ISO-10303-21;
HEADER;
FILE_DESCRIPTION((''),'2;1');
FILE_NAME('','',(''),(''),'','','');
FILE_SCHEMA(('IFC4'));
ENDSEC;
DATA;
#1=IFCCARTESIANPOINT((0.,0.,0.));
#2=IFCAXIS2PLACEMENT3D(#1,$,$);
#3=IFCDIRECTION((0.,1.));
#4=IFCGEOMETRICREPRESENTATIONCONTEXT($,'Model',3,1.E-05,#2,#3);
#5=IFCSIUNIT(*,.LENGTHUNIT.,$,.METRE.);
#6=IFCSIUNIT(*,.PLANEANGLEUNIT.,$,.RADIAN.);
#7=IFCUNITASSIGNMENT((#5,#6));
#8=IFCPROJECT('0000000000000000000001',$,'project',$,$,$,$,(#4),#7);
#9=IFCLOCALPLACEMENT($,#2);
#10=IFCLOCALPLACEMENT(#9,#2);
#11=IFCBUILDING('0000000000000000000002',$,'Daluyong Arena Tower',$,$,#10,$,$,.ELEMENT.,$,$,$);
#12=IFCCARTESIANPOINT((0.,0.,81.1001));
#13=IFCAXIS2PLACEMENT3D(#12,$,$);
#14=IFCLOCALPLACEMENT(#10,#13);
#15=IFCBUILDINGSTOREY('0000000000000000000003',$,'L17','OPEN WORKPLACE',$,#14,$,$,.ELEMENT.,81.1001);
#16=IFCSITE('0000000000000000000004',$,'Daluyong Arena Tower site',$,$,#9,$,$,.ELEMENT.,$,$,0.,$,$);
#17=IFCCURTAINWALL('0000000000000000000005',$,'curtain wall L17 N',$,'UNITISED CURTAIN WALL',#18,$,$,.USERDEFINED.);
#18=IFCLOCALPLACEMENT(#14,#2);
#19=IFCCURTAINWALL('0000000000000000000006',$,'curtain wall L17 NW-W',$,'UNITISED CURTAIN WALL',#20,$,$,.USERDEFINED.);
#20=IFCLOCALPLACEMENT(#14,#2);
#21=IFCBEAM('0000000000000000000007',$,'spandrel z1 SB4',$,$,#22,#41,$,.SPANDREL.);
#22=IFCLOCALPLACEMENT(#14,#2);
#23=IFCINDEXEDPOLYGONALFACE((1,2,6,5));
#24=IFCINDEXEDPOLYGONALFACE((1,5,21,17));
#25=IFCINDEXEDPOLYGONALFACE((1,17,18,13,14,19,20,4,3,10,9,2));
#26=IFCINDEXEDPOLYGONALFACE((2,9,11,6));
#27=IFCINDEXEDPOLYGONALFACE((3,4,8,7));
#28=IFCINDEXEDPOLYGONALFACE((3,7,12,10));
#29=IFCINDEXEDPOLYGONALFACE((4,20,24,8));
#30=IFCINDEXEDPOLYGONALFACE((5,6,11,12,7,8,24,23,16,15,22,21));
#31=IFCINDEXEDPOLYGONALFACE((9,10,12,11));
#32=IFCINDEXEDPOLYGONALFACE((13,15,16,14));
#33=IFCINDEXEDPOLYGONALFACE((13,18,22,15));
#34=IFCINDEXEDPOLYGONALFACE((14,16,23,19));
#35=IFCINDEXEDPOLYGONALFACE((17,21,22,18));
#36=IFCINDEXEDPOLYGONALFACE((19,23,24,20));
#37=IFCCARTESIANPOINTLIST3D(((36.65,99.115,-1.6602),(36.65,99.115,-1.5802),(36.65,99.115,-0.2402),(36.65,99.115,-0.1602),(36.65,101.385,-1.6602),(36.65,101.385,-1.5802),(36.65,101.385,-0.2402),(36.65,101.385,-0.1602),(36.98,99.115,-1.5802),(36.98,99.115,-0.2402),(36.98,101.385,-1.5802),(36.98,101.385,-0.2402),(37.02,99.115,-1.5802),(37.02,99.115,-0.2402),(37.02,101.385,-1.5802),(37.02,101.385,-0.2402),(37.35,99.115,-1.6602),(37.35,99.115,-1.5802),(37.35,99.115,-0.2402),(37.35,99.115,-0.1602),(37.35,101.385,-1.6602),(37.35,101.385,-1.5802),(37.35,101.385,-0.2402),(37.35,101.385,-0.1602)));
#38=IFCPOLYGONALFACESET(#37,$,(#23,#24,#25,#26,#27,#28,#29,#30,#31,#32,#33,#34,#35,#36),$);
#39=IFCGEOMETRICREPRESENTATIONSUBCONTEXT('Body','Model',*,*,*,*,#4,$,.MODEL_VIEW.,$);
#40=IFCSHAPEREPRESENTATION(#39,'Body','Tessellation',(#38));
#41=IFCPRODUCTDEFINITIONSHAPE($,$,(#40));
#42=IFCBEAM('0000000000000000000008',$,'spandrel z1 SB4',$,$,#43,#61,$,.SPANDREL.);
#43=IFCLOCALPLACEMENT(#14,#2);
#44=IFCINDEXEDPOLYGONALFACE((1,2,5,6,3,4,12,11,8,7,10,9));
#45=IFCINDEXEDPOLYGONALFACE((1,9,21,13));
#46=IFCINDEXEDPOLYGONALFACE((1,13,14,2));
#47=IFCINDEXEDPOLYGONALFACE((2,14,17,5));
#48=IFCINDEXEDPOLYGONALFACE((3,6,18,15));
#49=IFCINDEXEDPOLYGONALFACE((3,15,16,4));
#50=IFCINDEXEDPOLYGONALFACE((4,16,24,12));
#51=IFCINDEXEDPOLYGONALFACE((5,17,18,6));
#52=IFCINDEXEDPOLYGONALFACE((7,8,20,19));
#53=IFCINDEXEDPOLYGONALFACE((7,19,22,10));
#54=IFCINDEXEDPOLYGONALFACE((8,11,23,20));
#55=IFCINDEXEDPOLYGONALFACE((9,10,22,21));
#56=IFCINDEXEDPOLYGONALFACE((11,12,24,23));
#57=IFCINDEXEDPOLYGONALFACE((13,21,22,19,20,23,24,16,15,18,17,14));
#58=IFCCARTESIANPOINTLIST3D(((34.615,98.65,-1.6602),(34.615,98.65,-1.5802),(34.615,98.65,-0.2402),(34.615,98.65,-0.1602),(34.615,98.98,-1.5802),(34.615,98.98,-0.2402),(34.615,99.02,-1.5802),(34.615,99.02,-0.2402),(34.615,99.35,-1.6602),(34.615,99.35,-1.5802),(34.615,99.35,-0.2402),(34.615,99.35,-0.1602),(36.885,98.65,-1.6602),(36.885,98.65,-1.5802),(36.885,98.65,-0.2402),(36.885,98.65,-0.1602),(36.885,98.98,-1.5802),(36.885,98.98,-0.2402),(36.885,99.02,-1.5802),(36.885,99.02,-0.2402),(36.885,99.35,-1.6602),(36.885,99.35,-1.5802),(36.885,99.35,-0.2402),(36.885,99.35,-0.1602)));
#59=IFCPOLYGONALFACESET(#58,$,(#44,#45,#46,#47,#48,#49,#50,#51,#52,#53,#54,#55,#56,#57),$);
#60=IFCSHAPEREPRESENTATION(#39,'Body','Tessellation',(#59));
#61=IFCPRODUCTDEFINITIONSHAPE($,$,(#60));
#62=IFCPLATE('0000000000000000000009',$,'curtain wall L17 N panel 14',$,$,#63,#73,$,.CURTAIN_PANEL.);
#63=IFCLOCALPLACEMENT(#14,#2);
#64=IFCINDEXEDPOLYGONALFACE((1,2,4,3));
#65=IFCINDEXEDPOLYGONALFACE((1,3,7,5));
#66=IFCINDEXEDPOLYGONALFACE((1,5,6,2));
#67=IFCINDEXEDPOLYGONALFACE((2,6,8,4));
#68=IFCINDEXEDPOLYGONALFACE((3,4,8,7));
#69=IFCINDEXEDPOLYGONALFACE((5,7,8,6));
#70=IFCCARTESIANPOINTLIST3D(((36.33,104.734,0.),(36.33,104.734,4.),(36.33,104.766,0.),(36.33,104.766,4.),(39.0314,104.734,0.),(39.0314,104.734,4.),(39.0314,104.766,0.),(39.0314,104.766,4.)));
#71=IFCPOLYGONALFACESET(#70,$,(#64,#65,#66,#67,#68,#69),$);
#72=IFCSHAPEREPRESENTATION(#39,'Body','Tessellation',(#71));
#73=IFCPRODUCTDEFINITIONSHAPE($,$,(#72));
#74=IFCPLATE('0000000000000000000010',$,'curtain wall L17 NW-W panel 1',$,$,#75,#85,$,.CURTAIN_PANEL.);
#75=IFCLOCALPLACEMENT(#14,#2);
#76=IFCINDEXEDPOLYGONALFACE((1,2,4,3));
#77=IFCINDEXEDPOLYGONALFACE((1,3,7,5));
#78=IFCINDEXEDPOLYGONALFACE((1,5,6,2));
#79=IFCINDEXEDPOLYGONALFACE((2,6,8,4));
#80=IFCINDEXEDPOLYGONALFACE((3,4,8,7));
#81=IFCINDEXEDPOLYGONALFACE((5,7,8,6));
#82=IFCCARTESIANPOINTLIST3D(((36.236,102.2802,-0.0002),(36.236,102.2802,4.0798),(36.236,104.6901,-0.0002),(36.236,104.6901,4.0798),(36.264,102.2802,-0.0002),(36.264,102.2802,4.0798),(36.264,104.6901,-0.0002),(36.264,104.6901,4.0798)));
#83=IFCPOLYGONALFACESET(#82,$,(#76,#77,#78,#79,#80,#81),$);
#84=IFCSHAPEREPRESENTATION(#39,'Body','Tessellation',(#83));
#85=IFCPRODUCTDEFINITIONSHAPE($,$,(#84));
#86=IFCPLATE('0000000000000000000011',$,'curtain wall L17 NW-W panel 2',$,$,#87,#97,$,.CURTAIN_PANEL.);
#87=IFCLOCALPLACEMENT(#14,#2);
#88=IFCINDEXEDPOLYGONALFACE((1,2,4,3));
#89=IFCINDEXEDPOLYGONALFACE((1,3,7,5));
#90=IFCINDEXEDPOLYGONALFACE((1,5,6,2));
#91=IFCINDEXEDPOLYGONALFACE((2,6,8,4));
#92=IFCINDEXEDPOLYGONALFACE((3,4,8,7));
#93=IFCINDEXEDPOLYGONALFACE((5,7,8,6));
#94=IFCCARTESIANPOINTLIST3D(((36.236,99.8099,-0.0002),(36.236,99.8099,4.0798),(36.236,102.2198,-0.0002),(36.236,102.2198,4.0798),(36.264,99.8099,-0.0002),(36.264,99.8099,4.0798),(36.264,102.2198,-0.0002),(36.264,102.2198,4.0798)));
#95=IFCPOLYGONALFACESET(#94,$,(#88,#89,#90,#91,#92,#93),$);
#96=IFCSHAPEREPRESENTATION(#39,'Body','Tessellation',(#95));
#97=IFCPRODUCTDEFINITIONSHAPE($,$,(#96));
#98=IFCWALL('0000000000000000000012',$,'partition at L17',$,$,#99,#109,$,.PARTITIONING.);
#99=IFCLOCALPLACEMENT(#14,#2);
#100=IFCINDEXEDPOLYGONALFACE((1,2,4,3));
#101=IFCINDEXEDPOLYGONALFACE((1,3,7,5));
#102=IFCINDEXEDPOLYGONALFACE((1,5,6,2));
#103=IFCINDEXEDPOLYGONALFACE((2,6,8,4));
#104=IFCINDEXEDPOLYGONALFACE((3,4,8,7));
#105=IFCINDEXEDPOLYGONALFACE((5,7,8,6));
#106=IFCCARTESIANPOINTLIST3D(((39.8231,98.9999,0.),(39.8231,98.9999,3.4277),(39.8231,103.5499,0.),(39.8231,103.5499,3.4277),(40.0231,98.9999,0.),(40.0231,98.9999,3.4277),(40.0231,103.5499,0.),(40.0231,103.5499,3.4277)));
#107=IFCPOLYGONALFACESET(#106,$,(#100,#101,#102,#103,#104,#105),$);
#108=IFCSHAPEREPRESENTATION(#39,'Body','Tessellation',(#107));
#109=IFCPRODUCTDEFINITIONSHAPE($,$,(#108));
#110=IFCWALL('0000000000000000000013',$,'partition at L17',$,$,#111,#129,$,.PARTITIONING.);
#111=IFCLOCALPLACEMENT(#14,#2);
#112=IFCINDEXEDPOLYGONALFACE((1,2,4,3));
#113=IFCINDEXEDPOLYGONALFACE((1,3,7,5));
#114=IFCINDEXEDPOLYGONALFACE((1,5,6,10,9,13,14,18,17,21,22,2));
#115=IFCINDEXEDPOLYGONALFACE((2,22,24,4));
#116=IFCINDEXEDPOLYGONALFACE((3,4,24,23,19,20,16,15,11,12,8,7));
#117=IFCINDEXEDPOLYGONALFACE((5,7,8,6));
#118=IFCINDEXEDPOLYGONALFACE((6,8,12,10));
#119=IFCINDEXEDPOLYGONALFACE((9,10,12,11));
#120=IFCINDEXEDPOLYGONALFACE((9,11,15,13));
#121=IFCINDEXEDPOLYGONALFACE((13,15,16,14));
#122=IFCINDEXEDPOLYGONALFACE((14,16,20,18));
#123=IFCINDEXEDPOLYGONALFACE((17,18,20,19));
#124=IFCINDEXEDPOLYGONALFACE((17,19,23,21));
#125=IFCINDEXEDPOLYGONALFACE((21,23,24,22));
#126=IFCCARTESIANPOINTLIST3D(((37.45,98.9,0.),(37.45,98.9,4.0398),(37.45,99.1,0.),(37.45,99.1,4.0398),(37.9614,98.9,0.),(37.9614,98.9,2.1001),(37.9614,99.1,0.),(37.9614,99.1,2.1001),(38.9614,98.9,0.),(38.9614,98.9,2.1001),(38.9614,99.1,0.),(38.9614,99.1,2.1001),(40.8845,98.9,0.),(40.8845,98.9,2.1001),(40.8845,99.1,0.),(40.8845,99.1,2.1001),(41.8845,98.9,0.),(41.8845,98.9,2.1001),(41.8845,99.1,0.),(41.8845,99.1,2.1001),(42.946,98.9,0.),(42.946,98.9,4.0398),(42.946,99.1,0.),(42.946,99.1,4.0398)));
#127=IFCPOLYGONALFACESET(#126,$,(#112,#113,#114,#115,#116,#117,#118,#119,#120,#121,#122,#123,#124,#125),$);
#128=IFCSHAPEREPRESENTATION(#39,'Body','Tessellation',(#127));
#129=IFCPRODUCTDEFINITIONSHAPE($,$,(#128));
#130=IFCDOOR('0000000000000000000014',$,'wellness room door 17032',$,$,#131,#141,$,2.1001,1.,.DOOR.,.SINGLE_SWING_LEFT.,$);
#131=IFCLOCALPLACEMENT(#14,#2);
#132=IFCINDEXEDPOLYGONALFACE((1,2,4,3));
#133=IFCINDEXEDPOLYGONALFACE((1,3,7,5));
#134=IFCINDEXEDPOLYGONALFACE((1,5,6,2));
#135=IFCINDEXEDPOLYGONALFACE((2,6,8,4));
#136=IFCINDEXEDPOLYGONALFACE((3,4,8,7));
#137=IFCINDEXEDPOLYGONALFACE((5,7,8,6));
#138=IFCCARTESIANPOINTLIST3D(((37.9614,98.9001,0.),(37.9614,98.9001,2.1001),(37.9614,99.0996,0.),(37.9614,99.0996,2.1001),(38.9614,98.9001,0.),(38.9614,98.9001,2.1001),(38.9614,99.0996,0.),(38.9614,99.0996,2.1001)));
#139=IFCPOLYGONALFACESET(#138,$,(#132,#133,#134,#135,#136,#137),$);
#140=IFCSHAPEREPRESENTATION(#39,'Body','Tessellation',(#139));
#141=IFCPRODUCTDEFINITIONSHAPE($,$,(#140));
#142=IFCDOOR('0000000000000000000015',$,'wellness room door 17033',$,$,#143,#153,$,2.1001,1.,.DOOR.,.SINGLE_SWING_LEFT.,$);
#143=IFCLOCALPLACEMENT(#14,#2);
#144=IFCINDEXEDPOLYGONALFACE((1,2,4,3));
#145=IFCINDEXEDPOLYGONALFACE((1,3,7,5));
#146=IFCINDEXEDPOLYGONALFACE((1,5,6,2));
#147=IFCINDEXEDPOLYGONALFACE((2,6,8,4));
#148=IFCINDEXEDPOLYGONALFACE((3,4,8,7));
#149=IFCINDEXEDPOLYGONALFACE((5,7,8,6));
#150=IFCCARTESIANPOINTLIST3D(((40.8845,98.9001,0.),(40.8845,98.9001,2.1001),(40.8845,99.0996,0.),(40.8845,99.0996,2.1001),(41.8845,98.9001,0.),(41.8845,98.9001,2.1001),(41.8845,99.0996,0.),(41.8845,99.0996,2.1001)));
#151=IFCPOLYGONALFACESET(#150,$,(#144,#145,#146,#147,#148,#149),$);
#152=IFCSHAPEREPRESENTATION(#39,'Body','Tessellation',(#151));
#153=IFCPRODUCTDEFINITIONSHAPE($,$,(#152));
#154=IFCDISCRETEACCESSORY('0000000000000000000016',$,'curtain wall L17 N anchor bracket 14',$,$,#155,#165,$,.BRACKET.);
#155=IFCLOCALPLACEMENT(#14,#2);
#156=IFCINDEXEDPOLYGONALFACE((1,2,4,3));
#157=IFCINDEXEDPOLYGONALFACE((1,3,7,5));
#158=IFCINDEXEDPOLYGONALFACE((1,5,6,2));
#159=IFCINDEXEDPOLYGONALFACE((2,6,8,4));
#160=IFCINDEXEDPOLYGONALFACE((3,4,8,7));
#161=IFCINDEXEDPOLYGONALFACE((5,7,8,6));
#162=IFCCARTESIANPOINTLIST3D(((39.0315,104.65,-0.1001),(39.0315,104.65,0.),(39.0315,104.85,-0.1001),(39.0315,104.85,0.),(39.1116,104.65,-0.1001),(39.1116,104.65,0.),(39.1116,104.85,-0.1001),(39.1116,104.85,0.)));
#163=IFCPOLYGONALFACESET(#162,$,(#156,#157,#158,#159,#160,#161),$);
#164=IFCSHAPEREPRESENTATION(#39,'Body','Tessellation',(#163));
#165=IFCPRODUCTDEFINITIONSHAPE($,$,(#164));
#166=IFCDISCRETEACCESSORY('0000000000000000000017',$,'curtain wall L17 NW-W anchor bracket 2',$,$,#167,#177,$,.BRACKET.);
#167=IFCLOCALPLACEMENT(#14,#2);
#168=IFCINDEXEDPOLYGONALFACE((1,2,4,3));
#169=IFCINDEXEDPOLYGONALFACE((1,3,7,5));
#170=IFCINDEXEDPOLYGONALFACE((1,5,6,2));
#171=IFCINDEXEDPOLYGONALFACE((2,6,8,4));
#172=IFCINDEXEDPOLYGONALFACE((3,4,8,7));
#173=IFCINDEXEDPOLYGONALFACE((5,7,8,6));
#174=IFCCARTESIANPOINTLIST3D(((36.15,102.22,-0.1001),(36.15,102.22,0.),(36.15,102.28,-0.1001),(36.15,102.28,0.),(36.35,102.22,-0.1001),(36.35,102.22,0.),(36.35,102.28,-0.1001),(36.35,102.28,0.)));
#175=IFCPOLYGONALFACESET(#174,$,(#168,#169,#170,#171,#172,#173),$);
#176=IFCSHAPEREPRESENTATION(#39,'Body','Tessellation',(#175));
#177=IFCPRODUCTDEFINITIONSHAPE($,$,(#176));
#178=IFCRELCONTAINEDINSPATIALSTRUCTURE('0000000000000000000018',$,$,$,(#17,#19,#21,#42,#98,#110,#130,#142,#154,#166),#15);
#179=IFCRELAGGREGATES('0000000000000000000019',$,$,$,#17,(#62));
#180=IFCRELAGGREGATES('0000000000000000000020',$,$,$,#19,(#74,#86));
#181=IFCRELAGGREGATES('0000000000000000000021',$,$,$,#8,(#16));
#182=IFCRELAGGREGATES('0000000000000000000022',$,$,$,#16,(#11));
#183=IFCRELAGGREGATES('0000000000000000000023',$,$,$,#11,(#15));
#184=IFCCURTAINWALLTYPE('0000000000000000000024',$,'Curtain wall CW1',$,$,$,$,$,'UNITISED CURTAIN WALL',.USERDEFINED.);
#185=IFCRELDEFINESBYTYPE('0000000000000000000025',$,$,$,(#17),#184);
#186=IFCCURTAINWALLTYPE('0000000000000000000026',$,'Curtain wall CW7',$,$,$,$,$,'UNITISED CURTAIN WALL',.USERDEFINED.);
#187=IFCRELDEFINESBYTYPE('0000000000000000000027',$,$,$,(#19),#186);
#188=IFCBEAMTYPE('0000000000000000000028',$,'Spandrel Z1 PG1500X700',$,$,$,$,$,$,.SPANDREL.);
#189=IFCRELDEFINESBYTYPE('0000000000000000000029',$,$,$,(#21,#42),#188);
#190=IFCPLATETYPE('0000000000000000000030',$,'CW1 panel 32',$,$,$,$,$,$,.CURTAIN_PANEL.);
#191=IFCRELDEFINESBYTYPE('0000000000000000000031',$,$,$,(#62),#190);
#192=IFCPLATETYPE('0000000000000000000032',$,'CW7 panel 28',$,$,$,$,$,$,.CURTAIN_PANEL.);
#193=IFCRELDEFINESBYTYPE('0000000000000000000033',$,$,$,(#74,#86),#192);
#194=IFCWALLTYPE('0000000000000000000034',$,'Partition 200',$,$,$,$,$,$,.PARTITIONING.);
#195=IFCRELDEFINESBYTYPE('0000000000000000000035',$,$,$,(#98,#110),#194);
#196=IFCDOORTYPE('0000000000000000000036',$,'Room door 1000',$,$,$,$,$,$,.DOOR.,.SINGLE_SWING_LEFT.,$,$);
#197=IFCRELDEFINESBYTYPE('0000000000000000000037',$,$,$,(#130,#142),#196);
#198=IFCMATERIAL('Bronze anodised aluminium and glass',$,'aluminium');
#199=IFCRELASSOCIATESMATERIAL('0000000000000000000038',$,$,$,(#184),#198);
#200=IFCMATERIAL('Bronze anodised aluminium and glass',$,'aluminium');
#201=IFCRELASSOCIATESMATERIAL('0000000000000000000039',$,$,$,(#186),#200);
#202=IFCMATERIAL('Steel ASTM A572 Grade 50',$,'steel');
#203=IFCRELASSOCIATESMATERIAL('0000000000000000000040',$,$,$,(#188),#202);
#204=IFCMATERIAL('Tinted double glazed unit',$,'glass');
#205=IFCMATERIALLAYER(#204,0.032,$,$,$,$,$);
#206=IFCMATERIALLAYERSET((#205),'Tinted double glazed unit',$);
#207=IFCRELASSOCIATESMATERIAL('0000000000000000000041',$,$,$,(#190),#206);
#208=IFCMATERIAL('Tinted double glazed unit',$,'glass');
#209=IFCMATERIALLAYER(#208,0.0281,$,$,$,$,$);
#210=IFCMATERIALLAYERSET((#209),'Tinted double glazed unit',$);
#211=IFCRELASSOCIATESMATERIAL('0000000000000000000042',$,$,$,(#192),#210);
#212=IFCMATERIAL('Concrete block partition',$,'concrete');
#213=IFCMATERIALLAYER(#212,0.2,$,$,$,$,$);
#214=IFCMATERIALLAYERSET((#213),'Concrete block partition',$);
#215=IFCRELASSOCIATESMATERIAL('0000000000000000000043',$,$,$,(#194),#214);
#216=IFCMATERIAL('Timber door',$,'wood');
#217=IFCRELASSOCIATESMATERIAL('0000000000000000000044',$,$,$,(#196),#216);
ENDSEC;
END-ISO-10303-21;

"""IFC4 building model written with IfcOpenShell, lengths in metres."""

from ifc_helpers import new_model, si_unit, direction, frame, frame_2d, origin, origin_2d, place, context, subcontext, project, spatial, rectangle, i_section, extrude, material, layer, layer_set, material_profile, profile_set, type_object, element, fill, aggregate, save


model = new_model("IFC4")

# Units and contexts
model_context = context("Model", 3, precision=1e-05, world=origin(), true_north=direction((0.0, 1.0)))
body_context = subcontext(model_context, "Body", "Model", "MODEL_VIEW")
ifc_project = project(units=[si_unit("LENGTHUNIT", "METRE"), si_unit("PLANEANGLEUNIT", "RADIAN")], contexts=[model_context])

# Site, building, storey
site_placement = place(None, origin())
site = spatial("IfcSite", under=ifc_project, at=site_placement, Name="Daluyong Arena Tower site", CompositionType="ELEMENT", RefElevation=0.0)
building_placement = place(site_placement, origin())
building = spatial("IfcBuilding", under=site, at=building_placement, Name="Daluyong Arena Tower", CompositionType="ELEMENT")
storey_placement = place(building_placement, frame((0.0, 0.0, 81.1001)))
storey = spatial("IfcBuildingStorey", under=building, at=storey_placement, Name="L17", Description="OPEN WORKPLACE", CompositionType="ELEMENT", Elevation=81.1001)

# Curtain walls
ifc_material_1 = material(Name="Bronze anodised aluminium and glass", Category="aluminium")
curtain_wall_type_1 = type_object("IfcCurtainWallType", Name="Curtain wall CW1", ElementType="UNITISED CURTAIN WALL", PredefinedType="USERDEFINED", material=ifc_material_1)
curtain_wall_1_placement = place(storey_placement, origin())
curtain_wall_1 = element("IfcCurtainWall", 1, at=curtain_wall_1_placement, inside=storey, type_object=curtain_wall_type_1, Name="curtain wall L17 N", ObjectType="UNITISED CURTAIN WALL", PredefinedType="USERDEFINED")
ifc_material_2 = material(Name="Bronze anodised aluminium and glass", Category="aluminium")
curtain_wall_type_2 = type_object("IfcCurtainWallType", Name="Curtain wall CW7", ElementType="UNITISED CURTAIN WALL", PredefinedType="USERDEFINED", material=ifc_material_2)
curtain_wall_2_placement = place(storey_placement, origin())
curtain_wall_2 = element("IfcCurtainWall", 2, at=curtain_wall_2_placement, inside=storey, type_object=curtain_wall_type_2, Name="curtain wall L17 NW-W", ObjectType="UNITISED CURTAIN WALL", PredefinedType="USERDEFINED")

# Beams
ifc_material_3 = material(Name="Steel ASTM A572 Grade 50", Category="steel")
ifc_material_profile_1 = material_profile(ifc_material_3, i_section(OverallWidth=0.7, OverallDepth=1.5, WebThickness=0.04, FlangeThickness=0.08, at=origin_2d()))
ifc_profile_set_1 = profile_set([ifc_material_profile_1], Name="Steel ASTM A572 Grade 50")
beam_type_1 = type_object("IfcBeamType", Name="Spandrel Z1 PG1500X700", PredefinedType="SPANDREL", material=ifc_profile_set_1)
for number, where, z_axis, x_axis, name in (
    (3, (37.0, 101.385, -0.9102), (0.0, -1.0, 0.0), (1.0, 0.0, 0.0), "spandrel z1 SB4"),
    (4, (36.885, 99.0, -0.9102), (-1.0, 0.0, 0.0), (0.0, -1.0, 0.0), "spandrel z1 SB4"),
):
    element("IfcBeam", number, at=place(storey_placement, frame(where, z_axis=z_axis, x_axis=x_axis)), inside=storey, type_object=beam_type_1, Name=name, PredefinedType="SPANDREL", context=body_context, shape_type="SweptSolid", body=[
        extrude(i_section(OverallWidth=0.7, OverallDepth=1.5, WebThickness=0.04, FlangeThickness=0.08, at=origin_2d()), origin(), (0.0, 0.0, 1.0), 2.27),
    ])

# Plates
ifc_material_4 = material(Name="Tinted double glazed unit", Category="glass")
ifc_layer_1 = layer(ifc_material_4, 0.032)
ifc_layer_set_1 = layer_set([ifc_layer_1], Name="Tinted double glazed unit")
plate_type_1 = type_object("IfcPlateType", Name="CW1 panel 32", PredefinedType="CURTAIN_PANEL", material=ifc_layer_set_1)
plate_1_placement = place(storey_placement, frame((37.6807, 104.75, 0.0), z_axis=(0.0, 0.0, 1.0), x_axis=(-1.0, 0.0, 0.0)))
plate_1 = element("IfcPlate", 5, at=plate_1_placement, type_object=plate_type_1, Name="curtain wall L17 N panel 14", PredefinedType="CURTAIN_PANEL", context=body_context, shape_type="SweptSolid", body=[
    extrude(rectangle(XDim=2.7014, YDim=0.032, at=origin_2d()), origin(), (0.0, 0.0, 1.0), 4.0),
])
aggregate(curtain_wall_1, [plate_1])
ifc_material_5 = material(Name="Tinted double glazed unit", Category="glass")
ifc_layer_2 = layer(ifc_material_5, 0.0281)
ifc_layer_set_2 = layer_set([ifc_layer_2], Name="Tinted double glazed unit")
plate_type_2 = type_object("IfcPlateType", Name="CW7 panel 28", PredefinedType="CURTAIN_PANEL", material=ifc_layer_set_2)
plate_2_placement = place(storey_placement, frame((36.25, 103.4851, -0.0002), z_axis=(0.0, 0.0, 1.0), x_axis=(0.0, -1.0, 0.0)))
plate_2 = element("IfcPlate", 6, at=plate_2_placement, type_object=plate_type_2, Name="curtain wall L17 NW-W panel 1", PredefinedType="CURTAIN_PANEL", context=body_context, shape_type="SweptSolid", body=[
    extrude(rectangle(XDim=2.4099, YDim=0.0281, at=origin_2d()), origin(), (0.0, 0.0, 1.0), 4.0801),
])
plate_3_placement = place(storey_placement, frame((36.25, 101.0149, -0.0002), z_axis=(0.0, 0.0, 1.0), x_axis=(0.0, -1.0, 0.0)))
plate_3 = element("IfcPlate", 7, at=plate_3_placement, type_object=plate_type_2, Name="curtain wall L17 NW-W panel 2", PredefinedType="CURTAIN_PANEL", context=body_context, shape_type="SweptSolid", body=[
    extrude(rectangle(XDim=2.4099, YDim=0.0281, at=origin_2d()), origin(), (0.0, 0.0, 1.0), 4.0801),
])
aggregate(curtain_wall_2, [plate_2, plate_3])

# Wall
ifc_material_6 = material(Name="Concrete block partition", Category="concrete")
ifc_layer_3 = layer(ifc_material_6, 0.2)
ifc_layer_set_3 = layer_set([ifc_layer_3], Name="Concrete block partition")
wall_type = type_object("IfcWallType", Name="Partition 200", PredefinedType="PARTITIONING", material=ifc_layer_set_3)
wall_1_placement = place(storey_placement, frame((39.9231, 99.0, 0.0), z_axis=(0.0, 0.0, 1.0), x_axis=(0.0, 1.0, 0.0)))
element("IfcWall", 8, at=wall_1_placement, inside=storey, type_object=wall_type, Name="partition at L17", PredefinedType="PARTITIONING", context=body_context, shape_type="SweptSolid", body=[
    extrude(rectangle(XDim=4.55, YDim=0.2, at=frame_2d((2.2749, 0.0))), origin(), (0.0, 0.0, 1.0), 3.4277),
])

# Wall, openings, doors
wall_2_placement = place(storey_placement, frame((37.45, 99.0, 0.0), z_axis=(0.0, 0.0, 1.0), x_axis=(1.0, 0.0, 0.0)))
wall_2 = element("IfcWall", 9, at=wall_2_placement, inside=storey, type_object=wall_type, Name="partition at L17", PredefinedType="PARTITIONING", context=body_context, shape_type="SweptSolid", body=[
    extrude(rectangle(XDim=5.4961, YDim=0.2, at=frame_2d((2.748, 0.0))), origin(), (0.0, 0.0, 1.0), 4.0398),
])
opening_1_placement = place(wall_2_placement, frame((0.5115, 0.0, 0.0)))
opening_1 = element("IfcOpeningElement", 10, at=opening_1_placement, cuts=wall_2, PredefinedType="OPENING", context=body_context, shape_type="SweptSolid", body=[
    extrude(rectangle(XDim=1.0, YDim=2.1001, at=frame_2d((0.5, 1.05))), frame((0.0, 0.1099, 0.0), z_axis=(0.0, -1.0, 0.0), x_axis=(1.0, 0.0, 0.0)), (0.0, 0.0, 1.0), 0.22),
])
opening_2_placement = place(wall_2_placement, frame((3.4346, 0.0, 0.0)))
opening_2 = element("IfcOpeningElement", 11, at=opening_2_placement, cuts=wall_2, PredefinedType="OPENING", context=body_context, shape_type="SweptSolid", body=[
    extrude(rectangle(XDim=1.0, YDim=2.1001, at=frame_2d((0.5, 1.05))), frame((0.0, 0.1099, 0.0), z_axis=(0.0, -1.0, 0.0), x_axis=(1.0, 0.0, 0.0)), (0.0, 0.0, 1.0), 0.22),
])
ifc_material_7 = material(Name="Timber door", Category="wood")
door_type = type_object("IfcDoorType", Name="Room door 1000", OperationType="SINGLE_SWING_LEFT", PredefinedType="DOOR", material=ifc_material_7)
door_1_placement = place(opening_1_placement, origin())
door_1 = element("IfcDoor", 12, at=door_1_placement, inside=storey, type_object=door_type, Name="wellness room door 17032", OperationType="SINGLE_SWING_LEFT", OverallHeight=2.1001, OverallWidth=1.0, PredefinedType="DOOR", context=body_context, shape_type="SweptSolid", body=[
    extrude(rectangle(XDim=1.0, YDim=2.1001, at=frame_2d((0.5, 1.05))), frame((0.0, 0.0996, 0.0), z_axis=(0.0, -1.0, 0.0), x_axis=(1.0, 0.0, 0.0)), (0.0, 0.0, 1.0), 0.1995),
])
fill(opening_1, door_1)
door_2_placement = place(opening_2_placement, origin())
door_2 = element("IfcDoor", 13, at=door_2_placement, inside=storey, type_object=door_type, Name="wellness room door 17033", OperationType="SINGLE_SWING_LEFT", OverallHeight=2.1001, OverallWidth=1.0, PredefinedType="DOOR", context=body_context, shape_type="SweptSolid", body=[
    extrude(rectangle(XDim=1.0, YDim=2.1001, at=frame_2d((0.5, 1.05))), frame((0.0, 0.0996, 0.0), z_axis=(0.0, -1.0, 0.0), x_axis=(1.0, 0.0, 0.0)), (0.0, 0.0, 1.0), 0.1995),
])
fill(opening_2, door_2)

# Discrete accessories
discrete_accessory_1_placement = place(storey_placement, frame((39.0715, 104.75, -0.1001), z_axis=(0.0, 0.0, 1.0), x_axis=(-1.0, 0.0, 0.0)))
element("IfcDiscreteAccessory", 14, at=discrete_accessory_1_placement, inside=storey, Name="curtain wall L17 N anchor bracket 14", PredefinedType="BRACKET", context=body_context, shape_type="SweptSolid", body=[
    extrude(rectangle(XDim=0.0801, YDim=0.2, at=origin_2d()), origin(), (0.0, 0.0, 1.0), 0.1001),
])
discrete_accessory_2_placement = place(storey_placement, frame((36.25, 102.25, -0.1001), z_axis=(0.0, 0.0, 1.0), x_axis=(0.0, -1.0, 0.0)))
element("IfcDiscreteAccessory", 15, at=discrete_accessory_2_placement, inside=storey, Name="curtain wall L17 NW-W anchor bracket 2", PredefinedType="BRACKET", context=body_context, shape_type="SweptSolid", body=[
    extrude(rectangle(XDim=0.0601, YDim=0.2, at=origin_2d()), origin(), (0.0, 0.0, 1.0), 0.1001),
])

save(model, "model.ifc")
